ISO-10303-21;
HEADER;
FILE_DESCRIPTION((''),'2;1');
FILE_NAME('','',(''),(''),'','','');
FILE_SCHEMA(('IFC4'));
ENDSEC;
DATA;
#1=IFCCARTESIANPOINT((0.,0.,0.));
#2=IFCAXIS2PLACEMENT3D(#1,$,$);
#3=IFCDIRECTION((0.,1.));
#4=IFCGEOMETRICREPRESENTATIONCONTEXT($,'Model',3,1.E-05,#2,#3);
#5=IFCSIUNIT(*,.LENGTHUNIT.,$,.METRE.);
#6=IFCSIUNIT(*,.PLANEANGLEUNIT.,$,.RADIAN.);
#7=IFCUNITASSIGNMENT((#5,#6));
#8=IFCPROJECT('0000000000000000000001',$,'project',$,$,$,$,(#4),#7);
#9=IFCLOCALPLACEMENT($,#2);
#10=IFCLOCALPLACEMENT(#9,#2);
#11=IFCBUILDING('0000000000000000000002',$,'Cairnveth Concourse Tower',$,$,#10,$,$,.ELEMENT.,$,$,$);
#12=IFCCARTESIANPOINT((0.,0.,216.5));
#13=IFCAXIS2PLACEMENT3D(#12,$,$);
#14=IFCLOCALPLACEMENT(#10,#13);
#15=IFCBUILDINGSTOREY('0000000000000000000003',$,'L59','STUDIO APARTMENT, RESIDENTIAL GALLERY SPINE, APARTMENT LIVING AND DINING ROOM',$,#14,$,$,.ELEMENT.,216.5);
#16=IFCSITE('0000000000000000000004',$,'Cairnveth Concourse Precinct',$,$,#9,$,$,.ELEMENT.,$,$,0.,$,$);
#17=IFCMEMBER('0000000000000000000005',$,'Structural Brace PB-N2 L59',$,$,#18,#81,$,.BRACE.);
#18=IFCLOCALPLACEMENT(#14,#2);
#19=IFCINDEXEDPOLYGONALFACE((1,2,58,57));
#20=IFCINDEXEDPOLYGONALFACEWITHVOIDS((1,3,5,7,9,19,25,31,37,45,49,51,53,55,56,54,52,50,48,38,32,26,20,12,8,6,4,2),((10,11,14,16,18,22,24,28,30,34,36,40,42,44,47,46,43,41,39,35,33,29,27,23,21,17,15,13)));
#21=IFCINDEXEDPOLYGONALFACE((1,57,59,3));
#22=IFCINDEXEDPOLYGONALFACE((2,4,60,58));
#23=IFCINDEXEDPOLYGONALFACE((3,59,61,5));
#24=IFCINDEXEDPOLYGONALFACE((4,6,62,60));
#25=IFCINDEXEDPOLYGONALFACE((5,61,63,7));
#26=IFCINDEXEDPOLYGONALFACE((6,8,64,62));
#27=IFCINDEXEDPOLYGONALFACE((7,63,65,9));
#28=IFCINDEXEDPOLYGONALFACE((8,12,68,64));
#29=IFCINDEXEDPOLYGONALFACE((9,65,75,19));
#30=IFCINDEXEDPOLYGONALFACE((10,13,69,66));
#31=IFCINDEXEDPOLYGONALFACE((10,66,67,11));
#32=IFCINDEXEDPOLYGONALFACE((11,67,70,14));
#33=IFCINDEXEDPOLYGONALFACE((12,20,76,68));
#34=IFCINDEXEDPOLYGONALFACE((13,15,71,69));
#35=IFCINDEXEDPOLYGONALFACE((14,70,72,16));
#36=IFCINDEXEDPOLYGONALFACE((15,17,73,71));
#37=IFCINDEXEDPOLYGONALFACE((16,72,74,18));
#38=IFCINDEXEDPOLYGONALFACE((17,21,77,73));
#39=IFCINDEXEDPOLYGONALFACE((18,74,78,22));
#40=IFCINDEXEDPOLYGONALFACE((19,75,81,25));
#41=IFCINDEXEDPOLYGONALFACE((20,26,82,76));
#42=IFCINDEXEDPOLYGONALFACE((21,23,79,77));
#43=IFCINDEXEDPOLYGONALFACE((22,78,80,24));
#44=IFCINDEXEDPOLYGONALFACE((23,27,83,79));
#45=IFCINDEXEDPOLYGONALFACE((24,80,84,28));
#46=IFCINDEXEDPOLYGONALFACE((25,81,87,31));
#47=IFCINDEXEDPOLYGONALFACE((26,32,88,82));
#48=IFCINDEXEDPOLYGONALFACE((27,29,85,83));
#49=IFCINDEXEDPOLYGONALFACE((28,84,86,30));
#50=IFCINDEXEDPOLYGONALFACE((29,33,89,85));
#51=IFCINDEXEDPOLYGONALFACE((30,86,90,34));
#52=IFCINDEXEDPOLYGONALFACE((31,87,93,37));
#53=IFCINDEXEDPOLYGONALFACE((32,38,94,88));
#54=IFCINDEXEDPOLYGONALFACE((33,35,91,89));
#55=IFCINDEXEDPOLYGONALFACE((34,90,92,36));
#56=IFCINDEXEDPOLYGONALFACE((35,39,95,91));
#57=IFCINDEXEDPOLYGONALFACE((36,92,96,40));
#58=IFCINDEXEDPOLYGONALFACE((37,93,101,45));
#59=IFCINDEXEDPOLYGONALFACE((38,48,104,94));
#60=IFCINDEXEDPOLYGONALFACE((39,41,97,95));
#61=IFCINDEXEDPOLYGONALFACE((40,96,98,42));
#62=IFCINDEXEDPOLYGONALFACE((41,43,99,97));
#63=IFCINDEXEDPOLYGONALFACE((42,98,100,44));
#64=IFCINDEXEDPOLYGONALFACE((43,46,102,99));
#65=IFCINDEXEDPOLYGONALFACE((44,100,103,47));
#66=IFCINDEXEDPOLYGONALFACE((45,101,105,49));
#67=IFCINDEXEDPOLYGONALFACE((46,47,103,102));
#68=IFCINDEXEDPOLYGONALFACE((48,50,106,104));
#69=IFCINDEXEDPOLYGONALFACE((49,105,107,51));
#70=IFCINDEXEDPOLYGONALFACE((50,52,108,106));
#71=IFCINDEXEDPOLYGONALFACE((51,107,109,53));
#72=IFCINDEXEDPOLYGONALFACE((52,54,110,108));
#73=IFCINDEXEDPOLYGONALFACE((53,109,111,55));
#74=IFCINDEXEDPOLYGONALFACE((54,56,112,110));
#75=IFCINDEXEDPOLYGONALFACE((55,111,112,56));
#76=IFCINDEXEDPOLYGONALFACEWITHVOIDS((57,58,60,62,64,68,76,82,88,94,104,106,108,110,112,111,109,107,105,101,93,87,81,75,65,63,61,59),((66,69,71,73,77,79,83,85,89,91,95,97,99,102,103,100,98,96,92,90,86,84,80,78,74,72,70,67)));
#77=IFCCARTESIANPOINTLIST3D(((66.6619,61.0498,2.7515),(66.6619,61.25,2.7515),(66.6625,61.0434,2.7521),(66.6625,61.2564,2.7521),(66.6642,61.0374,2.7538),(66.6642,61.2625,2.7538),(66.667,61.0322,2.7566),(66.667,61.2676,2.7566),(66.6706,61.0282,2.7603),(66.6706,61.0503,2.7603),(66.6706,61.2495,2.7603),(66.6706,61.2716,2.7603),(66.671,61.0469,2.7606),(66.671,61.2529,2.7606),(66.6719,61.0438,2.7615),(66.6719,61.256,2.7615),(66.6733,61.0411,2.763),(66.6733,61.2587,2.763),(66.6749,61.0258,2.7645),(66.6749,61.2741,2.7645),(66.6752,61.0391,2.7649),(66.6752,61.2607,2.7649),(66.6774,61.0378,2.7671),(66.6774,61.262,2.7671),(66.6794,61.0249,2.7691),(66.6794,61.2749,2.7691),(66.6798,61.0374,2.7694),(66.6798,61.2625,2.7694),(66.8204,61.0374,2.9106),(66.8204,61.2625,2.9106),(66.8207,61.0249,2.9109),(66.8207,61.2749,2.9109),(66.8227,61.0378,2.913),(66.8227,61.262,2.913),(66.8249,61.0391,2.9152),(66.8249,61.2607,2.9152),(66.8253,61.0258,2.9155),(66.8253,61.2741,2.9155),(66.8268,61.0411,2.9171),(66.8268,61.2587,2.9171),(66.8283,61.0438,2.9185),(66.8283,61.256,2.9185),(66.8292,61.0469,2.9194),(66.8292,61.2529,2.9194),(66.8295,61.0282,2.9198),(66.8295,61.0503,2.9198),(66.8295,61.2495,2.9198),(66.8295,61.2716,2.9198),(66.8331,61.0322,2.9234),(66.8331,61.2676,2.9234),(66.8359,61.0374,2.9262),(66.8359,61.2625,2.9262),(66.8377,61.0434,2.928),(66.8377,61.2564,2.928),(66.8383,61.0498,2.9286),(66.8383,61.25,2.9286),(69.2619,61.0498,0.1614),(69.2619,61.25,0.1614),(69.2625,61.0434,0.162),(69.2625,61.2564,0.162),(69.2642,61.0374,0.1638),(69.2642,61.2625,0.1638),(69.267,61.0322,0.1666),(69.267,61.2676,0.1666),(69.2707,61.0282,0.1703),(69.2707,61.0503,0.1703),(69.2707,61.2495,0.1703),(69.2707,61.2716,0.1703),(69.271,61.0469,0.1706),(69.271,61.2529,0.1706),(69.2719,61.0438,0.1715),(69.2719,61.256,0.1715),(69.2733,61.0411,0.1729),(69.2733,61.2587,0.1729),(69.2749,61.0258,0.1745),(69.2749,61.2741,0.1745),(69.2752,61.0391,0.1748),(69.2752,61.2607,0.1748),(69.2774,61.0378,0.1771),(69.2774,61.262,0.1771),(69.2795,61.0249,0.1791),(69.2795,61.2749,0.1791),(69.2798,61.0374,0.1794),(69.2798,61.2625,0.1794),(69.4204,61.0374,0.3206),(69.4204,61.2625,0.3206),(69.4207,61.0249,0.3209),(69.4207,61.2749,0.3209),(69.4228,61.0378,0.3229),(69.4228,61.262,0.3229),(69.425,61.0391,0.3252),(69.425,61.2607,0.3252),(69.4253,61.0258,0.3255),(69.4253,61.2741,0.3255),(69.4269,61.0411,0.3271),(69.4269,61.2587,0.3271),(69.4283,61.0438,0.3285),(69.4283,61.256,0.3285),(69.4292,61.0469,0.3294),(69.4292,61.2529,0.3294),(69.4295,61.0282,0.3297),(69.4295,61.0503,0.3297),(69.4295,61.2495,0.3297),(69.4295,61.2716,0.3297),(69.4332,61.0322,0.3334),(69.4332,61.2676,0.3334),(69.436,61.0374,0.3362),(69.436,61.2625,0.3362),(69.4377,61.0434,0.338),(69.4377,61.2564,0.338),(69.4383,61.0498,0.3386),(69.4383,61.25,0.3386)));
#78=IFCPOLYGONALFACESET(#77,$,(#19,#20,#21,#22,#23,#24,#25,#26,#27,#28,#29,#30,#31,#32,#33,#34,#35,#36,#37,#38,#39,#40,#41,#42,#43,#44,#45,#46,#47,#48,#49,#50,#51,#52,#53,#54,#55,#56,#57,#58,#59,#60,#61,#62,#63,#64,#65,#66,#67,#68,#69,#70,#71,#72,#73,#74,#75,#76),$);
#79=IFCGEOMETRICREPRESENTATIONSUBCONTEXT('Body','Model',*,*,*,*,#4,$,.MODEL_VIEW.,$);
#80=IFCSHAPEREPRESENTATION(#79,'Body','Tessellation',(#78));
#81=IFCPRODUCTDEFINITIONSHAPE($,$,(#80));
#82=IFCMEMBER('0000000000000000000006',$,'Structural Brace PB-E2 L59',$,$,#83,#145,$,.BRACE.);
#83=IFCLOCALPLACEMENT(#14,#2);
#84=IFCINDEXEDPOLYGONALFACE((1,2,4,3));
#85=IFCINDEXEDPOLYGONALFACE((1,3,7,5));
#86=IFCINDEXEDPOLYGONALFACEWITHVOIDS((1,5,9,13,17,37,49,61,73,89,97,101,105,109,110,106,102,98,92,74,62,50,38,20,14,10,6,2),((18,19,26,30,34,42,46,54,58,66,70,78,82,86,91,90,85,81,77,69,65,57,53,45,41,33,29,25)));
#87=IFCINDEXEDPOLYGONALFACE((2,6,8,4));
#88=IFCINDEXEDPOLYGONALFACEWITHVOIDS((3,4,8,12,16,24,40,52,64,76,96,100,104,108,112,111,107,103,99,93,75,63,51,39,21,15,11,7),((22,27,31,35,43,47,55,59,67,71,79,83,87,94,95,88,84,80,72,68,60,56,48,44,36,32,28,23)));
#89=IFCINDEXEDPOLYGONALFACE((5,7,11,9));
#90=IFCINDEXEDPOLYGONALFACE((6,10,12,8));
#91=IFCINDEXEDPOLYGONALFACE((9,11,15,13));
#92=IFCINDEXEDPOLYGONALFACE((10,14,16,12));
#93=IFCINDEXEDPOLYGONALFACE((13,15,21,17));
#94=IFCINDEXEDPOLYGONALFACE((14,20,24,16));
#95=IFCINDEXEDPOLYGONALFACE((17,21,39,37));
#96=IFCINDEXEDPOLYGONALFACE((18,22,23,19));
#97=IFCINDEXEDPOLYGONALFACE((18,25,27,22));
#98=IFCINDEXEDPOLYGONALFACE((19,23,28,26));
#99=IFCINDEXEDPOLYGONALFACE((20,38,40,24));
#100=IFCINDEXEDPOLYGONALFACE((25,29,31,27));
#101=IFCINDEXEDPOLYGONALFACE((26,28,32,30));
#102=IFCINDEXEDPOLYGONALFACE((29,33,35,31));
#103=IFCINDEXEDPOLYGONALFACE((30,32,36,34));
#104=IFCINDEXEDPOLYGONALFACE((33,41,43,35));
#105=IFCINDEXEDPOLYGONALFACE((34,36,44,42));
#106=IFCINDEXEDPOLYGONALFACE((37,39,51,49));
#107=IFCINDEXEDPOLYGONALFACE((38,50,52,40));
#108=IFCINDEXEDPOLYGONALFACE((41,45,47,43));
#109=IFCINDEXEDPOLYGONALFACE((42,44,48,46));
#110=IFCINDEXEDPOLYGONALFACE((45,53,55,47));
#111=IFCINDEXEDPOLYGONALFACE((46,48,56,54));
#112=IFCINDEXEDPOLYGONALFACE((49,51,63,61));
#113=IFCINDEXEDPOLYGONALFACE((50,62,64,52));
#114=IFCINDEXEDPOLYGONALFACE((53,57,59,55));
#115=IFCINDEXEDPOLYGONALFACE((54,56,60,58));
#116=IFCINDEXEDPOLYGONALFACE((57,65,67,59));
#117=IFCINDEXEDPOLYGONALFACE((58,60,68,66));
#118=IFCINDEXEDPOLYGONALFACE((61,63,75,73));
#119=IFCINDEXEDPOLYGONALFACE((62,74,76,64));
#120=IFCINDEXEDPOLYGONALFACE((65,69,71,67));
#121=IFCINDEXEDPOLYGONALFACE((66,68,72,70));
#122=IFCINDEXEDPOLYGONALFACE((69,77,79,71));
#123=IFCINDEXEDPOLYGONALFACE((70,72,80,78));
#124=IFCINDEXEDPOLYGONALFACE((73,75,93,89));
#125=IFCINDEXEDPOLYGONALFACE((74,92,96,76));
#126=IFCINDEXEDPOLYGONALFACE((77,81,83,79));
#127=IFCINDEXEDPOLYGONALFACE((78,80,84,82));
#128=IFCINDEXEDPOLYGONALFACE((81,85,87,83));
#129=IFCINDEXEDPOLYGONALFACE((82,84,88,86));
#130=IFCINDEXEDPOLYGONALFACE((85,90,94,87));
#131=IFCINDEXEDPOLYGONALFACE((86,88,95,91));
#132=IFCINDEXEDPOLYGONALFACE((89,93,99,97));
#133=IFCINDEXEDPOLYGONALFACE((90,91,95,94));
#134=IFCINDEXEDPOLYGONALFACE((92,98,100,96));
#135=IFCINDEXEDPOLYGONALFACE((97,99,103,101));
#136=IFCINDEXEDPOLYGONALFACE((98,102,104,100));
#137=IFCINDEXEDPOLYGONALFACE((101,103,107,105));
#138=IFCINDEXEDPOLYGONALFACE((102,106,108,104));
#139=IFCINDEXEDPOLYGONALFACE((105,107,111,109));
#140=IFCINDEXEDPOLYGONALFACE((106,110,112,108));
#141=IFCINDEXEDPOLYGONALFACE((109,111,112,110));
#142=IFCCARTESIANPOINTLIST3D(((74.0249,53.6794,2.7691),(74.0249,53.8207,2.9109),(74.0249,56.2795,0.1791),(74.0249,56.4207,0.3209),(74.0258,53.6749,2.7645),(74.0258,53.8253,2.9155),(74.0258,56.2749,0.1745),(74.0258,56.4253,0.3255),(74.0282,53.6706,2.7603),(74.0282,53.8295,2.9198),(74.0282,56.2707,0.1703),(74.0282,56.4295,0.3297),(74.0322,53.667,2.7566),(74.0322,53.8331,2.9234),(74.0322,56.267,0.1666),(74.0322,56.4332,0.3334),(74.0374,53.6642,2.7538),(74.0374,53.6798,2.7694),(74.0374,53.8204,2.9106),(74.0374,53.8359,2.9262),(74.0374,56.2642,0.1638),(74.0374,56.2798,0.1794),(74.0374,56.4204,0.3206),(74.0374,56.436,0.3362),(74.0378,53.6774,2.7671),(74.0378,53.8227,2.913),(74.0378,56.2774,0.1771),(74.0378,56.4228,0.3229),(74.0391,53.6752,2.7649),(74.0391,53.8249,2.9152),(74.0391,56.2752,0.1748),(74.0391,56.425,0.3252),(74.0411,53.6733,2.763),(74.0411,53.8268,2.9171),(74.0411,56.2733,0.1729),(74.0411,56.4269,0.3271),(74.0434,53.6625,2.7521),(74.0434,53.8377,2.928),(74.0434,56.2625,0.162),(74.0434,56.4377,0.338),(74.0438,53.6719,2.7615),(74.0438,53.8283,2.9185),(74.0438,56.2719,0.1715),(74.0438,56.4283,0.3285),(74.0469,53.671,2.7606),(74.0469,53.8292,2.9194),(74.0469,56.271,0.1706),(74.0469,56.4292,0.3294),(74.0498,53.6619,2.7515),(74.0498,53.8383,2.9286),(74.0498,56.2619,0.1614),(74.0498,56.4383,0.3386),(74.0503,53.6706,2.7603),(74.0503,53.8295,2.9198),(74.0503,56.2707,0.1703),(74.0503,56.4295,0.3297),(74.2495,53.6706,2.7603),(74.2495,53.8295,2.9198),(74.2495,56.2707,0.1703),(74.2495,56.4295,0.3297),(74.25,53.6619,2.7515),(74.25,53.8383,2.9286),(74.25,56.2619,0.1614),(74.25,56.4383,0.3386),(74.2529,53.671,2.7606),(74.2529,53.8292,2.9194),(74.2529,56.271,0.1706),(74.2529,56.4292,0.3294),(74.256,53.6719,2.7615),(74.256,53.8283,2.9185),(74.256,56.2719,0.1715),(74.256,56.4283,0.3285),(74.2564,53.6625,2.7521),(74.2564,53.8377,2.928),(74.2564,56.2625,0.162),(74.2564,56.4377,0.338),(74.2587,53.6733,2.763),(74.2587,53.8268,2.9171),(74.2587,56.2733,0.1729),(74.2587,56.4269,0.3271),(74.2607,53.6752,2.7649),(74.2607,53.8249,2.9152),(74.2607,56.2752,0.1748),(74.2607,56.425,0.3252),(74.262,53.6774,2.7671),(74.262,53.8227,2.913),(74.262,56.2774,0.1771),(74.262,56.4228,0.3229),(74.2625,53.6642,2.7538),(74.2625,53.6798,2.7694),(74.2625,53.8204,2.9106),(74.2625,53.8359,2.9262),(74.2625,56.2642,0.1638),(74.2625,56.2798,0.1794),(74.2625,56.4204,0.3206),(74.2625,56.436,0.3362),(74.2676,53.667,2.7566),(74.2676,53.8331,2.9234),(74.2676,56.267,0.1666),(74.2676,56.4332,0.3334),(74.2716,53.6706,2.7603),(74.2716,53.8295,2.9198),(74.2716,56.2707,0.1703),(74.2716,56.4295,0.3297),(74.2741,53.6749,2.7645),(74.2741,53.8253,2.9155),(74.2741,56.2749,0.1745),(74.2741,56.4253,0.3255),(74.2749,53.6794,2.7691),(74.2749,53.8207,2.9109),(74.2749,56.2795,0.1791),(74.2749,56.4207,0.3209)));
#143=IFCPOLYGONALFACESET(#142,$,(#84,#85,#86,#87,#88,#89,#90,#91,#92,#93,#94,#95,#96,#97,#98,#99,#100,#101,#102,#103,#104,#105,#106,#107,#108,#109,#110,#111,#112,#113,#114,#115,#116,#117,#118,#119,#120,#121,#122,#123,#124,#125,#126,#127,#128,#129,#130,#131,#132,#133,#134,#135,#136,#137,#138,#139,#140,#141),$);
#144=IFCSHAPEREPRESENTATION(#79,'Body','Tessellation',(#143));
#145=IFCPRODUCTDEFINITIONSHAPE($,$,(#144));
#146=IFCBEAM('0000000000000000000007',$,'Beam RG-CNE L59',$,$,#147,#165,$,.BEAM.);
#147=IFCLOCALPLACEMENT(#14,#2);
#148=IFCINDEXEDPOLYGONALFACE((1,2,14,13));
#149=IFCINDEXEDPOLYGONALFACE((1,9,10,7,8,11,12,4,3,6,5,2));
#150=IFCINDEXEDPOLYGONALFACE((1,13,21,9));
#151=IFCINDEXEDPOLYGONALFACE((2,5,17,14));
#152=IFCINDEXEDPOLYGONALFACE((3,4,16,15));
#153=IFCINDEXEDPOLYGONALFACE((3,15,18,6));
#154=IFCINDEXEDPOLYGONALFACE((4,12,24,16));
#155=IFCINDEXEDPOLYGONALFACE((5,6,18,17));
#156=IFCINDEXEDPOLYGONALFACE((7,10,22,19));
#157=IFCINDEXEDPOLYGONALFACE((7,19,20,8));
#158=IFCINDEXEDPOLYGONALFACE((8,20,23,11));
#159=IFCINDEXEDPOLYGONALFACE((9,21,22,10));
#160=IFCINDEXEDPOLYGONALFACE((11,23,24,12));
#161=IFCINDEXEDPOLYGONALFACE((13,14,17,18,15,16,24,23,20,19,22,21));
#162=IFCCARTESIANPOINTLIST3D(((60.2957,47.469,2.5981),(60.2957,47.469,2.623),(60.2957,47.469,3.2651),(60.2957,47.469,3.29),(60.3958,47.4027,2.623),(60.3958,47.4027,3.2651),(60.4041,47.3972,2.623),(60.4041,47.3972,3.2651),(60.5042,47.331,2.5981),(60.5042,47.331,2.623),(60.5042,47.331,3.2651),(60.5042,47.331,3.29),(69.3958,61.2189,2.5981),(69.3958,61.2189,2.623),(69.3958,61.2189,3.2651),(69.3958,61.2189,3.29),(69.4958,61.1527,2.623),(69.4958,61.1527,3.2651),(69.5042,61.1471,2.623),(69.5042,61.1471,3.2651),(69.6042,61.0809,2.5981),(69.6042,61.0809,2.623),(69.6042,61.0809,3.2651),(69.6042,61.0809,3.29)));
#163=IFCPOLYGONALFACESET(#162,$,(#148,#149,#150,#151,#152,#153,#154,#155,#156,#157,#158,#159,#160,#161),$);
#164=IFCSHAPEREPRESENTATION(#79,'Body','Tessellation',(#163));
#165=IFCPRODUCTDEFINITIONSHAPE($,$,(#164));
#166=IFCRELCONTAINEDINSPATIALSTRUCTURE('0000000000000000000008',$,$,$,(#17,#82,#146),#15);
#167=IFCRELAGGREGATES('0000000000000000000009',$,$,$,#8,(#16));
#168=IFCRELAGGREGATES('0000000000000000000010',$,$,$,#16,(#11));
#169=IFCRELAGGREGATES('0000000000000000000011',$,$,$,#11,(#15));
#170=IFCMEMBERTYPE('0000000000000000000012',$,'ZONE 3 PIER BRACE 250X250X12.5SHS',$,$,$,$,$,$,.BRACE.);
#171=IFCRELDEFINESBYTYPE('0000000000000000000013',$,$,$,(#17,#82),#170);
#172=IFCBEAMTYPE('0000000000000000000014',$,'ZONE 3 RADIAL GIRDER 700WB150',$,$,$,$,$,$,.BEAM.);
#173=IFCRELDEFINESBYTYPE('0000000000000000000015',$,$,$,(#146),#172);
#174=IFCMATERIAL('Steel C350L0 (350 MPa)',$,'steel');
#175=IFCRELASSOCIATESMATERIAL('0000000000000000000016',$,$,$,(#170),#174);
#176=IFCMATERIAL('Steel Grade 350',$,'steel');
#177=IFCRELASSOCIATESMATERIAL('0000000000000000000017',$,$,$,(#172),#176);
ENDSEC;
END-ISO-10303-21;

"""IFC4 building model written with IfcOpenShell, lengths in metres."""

from ifc_helpers import new_model, si_unit, direction, frame, origin, origin_2d, place, context, subcontext, project, spatial, hollow_rectangle, i_section, extrude, material, material_profile, profile_set, type_object, element, save


model = new_model("IFC4")

# Units and contexts
model_context = context("Model", 3, precision=1e-05, world=origin(), true_north=direction((0.0, 1.0)))
body_context = subcontext(model_context, "Body", "Model", "MODEL_VIEW")
ifc_project = project(units=[si_unit("LENGTHUNIT", "METRE"), si_unit("PLANEANGLEUNIT", "RADIAN")], contexts=[model_context])

# Site, building, storey
site_placement = place(None, origin())
site = spatial("IfcSite", under=ifc_project, at=site_placement, Name="Cairnveth Concourse Precinct", CompositionType="ELEMENT", RefElevation=0.0)
building_placement = place(site_placement, origin())
building = spatial("IfcBuilding", under=site, at=building_placement, Name="Cairnveth Concourse Tower", CompositionType="ELEMENT")
storey_placement = place(building_placement, frame((0.0, 0.0, 216.5)))
storey = spatial("IfcBuildingStorey", under=building, at=storey_placement, Name="L59", Description="STUDIO APARTMENT, RESIDENTIAL GALLERY SPINE, APARTMENT LIVING AND DINING ROOM", CompositionType="ELEMENT", Elevation=216.5)

# Shared definitions
ifc_material_1 = material(Name="Steel Grade 350", Category="steel")

# Members
ifc_material_2 = material(Name="Steel C350L0 (350 MPa)", Category="steel")
ifc_material_profile_1 = material_profile(ifc_material_2, hollow_rectangle(XDim=0.25, YDim=0.25, WallThickness=0.0125, InnerFilletRadius=0.0129, OuterFilletRadius=0.0249, at=origin_2d()), Name="250x250x12.5SHS")
ifc_profile_set_1 = profile_set([ifc_material_profile_1], Name="Steel C350L0 (350 MPa)")
member_type = type_object("IfcMemberType", Name="ZONE 3 PIER BRACE 250X250X12.5SHS", PredefinedType="BRACE", material=ifc_profile_set_1)
for number, where, z_axis, x_axis, name in (
    (1, (69.3501, 61.1499, 0.25), (-0.708469, 0.0, 0.705742), (0.0, -1.0, 0.0), "Structural Brace PB-N2 L59"),
    (2, (74.1499, 56.3501, 0.25), (0.0, -0.708469, 0.705742), (1.0, 0.0, 0.0), "Structural Brace PB-E2 L59"),
):
    element("IfcMember", number, at=place(storey_placement, frame(where, z_axis=z_axis, x_axis=x_axis)), inside=storey, type_object=member_type, Name=name, PredefinedType="BRACE", context=body_context, shape_type="SweptSolid", body=[
        extrude(hollow_rectangle(XDim=0.25, YDim=0.25, WallThickness=0.0125, InnerFilletRadius=0.0129, OuterFilletRadius=0.0249, at=origin_2d()), origin(), (0.0, 0.0, 1.0), 3.6699),
    ])

# Beam
ifc_material_profile_2 = material_profile(ifc_material_1, i_section(OverallWidth=0.25, OverallDepth=0.6919, WebThickness=0.01, FlangeThickness=0.0249, at=origin_2d()), Name="700WB150")
ifc_profile_set_2 = profile_set([ifc_material_profile_2], Name="Steel Grade 350")
beam_type_1 = type_object("IfcBeamType", Name="ZONE 3 RADIAL GIRDER 700WB150", PredefinedType="BEAM", material=ifc_profile_set_2)
beam_1_placement = place(storey_placement, frame((69.5, 61.1499, 2.9441), z_axis=(-0.551902, -0.833909, 0.0), x_axis=(0.833909, -0.551902, 0.0)))
element("IfcBeam", 3, at=beam_1_placement, inside=storey, type_object=beam_type_1, Name="Beam RG-CNE L59", PredefinedType="BEAM", context=body_context, shape_type="SweptSolid", body=[
    extrude(i_section(OverallWidth=0.25, OverallDepth=0.6919, WebThickness=0.01, FlangeThickness=0.0249, at=origin_2d()), origin(), (0.0, 0.0, 1.0), 16.4885),
])

save(model, "model.ifc")
